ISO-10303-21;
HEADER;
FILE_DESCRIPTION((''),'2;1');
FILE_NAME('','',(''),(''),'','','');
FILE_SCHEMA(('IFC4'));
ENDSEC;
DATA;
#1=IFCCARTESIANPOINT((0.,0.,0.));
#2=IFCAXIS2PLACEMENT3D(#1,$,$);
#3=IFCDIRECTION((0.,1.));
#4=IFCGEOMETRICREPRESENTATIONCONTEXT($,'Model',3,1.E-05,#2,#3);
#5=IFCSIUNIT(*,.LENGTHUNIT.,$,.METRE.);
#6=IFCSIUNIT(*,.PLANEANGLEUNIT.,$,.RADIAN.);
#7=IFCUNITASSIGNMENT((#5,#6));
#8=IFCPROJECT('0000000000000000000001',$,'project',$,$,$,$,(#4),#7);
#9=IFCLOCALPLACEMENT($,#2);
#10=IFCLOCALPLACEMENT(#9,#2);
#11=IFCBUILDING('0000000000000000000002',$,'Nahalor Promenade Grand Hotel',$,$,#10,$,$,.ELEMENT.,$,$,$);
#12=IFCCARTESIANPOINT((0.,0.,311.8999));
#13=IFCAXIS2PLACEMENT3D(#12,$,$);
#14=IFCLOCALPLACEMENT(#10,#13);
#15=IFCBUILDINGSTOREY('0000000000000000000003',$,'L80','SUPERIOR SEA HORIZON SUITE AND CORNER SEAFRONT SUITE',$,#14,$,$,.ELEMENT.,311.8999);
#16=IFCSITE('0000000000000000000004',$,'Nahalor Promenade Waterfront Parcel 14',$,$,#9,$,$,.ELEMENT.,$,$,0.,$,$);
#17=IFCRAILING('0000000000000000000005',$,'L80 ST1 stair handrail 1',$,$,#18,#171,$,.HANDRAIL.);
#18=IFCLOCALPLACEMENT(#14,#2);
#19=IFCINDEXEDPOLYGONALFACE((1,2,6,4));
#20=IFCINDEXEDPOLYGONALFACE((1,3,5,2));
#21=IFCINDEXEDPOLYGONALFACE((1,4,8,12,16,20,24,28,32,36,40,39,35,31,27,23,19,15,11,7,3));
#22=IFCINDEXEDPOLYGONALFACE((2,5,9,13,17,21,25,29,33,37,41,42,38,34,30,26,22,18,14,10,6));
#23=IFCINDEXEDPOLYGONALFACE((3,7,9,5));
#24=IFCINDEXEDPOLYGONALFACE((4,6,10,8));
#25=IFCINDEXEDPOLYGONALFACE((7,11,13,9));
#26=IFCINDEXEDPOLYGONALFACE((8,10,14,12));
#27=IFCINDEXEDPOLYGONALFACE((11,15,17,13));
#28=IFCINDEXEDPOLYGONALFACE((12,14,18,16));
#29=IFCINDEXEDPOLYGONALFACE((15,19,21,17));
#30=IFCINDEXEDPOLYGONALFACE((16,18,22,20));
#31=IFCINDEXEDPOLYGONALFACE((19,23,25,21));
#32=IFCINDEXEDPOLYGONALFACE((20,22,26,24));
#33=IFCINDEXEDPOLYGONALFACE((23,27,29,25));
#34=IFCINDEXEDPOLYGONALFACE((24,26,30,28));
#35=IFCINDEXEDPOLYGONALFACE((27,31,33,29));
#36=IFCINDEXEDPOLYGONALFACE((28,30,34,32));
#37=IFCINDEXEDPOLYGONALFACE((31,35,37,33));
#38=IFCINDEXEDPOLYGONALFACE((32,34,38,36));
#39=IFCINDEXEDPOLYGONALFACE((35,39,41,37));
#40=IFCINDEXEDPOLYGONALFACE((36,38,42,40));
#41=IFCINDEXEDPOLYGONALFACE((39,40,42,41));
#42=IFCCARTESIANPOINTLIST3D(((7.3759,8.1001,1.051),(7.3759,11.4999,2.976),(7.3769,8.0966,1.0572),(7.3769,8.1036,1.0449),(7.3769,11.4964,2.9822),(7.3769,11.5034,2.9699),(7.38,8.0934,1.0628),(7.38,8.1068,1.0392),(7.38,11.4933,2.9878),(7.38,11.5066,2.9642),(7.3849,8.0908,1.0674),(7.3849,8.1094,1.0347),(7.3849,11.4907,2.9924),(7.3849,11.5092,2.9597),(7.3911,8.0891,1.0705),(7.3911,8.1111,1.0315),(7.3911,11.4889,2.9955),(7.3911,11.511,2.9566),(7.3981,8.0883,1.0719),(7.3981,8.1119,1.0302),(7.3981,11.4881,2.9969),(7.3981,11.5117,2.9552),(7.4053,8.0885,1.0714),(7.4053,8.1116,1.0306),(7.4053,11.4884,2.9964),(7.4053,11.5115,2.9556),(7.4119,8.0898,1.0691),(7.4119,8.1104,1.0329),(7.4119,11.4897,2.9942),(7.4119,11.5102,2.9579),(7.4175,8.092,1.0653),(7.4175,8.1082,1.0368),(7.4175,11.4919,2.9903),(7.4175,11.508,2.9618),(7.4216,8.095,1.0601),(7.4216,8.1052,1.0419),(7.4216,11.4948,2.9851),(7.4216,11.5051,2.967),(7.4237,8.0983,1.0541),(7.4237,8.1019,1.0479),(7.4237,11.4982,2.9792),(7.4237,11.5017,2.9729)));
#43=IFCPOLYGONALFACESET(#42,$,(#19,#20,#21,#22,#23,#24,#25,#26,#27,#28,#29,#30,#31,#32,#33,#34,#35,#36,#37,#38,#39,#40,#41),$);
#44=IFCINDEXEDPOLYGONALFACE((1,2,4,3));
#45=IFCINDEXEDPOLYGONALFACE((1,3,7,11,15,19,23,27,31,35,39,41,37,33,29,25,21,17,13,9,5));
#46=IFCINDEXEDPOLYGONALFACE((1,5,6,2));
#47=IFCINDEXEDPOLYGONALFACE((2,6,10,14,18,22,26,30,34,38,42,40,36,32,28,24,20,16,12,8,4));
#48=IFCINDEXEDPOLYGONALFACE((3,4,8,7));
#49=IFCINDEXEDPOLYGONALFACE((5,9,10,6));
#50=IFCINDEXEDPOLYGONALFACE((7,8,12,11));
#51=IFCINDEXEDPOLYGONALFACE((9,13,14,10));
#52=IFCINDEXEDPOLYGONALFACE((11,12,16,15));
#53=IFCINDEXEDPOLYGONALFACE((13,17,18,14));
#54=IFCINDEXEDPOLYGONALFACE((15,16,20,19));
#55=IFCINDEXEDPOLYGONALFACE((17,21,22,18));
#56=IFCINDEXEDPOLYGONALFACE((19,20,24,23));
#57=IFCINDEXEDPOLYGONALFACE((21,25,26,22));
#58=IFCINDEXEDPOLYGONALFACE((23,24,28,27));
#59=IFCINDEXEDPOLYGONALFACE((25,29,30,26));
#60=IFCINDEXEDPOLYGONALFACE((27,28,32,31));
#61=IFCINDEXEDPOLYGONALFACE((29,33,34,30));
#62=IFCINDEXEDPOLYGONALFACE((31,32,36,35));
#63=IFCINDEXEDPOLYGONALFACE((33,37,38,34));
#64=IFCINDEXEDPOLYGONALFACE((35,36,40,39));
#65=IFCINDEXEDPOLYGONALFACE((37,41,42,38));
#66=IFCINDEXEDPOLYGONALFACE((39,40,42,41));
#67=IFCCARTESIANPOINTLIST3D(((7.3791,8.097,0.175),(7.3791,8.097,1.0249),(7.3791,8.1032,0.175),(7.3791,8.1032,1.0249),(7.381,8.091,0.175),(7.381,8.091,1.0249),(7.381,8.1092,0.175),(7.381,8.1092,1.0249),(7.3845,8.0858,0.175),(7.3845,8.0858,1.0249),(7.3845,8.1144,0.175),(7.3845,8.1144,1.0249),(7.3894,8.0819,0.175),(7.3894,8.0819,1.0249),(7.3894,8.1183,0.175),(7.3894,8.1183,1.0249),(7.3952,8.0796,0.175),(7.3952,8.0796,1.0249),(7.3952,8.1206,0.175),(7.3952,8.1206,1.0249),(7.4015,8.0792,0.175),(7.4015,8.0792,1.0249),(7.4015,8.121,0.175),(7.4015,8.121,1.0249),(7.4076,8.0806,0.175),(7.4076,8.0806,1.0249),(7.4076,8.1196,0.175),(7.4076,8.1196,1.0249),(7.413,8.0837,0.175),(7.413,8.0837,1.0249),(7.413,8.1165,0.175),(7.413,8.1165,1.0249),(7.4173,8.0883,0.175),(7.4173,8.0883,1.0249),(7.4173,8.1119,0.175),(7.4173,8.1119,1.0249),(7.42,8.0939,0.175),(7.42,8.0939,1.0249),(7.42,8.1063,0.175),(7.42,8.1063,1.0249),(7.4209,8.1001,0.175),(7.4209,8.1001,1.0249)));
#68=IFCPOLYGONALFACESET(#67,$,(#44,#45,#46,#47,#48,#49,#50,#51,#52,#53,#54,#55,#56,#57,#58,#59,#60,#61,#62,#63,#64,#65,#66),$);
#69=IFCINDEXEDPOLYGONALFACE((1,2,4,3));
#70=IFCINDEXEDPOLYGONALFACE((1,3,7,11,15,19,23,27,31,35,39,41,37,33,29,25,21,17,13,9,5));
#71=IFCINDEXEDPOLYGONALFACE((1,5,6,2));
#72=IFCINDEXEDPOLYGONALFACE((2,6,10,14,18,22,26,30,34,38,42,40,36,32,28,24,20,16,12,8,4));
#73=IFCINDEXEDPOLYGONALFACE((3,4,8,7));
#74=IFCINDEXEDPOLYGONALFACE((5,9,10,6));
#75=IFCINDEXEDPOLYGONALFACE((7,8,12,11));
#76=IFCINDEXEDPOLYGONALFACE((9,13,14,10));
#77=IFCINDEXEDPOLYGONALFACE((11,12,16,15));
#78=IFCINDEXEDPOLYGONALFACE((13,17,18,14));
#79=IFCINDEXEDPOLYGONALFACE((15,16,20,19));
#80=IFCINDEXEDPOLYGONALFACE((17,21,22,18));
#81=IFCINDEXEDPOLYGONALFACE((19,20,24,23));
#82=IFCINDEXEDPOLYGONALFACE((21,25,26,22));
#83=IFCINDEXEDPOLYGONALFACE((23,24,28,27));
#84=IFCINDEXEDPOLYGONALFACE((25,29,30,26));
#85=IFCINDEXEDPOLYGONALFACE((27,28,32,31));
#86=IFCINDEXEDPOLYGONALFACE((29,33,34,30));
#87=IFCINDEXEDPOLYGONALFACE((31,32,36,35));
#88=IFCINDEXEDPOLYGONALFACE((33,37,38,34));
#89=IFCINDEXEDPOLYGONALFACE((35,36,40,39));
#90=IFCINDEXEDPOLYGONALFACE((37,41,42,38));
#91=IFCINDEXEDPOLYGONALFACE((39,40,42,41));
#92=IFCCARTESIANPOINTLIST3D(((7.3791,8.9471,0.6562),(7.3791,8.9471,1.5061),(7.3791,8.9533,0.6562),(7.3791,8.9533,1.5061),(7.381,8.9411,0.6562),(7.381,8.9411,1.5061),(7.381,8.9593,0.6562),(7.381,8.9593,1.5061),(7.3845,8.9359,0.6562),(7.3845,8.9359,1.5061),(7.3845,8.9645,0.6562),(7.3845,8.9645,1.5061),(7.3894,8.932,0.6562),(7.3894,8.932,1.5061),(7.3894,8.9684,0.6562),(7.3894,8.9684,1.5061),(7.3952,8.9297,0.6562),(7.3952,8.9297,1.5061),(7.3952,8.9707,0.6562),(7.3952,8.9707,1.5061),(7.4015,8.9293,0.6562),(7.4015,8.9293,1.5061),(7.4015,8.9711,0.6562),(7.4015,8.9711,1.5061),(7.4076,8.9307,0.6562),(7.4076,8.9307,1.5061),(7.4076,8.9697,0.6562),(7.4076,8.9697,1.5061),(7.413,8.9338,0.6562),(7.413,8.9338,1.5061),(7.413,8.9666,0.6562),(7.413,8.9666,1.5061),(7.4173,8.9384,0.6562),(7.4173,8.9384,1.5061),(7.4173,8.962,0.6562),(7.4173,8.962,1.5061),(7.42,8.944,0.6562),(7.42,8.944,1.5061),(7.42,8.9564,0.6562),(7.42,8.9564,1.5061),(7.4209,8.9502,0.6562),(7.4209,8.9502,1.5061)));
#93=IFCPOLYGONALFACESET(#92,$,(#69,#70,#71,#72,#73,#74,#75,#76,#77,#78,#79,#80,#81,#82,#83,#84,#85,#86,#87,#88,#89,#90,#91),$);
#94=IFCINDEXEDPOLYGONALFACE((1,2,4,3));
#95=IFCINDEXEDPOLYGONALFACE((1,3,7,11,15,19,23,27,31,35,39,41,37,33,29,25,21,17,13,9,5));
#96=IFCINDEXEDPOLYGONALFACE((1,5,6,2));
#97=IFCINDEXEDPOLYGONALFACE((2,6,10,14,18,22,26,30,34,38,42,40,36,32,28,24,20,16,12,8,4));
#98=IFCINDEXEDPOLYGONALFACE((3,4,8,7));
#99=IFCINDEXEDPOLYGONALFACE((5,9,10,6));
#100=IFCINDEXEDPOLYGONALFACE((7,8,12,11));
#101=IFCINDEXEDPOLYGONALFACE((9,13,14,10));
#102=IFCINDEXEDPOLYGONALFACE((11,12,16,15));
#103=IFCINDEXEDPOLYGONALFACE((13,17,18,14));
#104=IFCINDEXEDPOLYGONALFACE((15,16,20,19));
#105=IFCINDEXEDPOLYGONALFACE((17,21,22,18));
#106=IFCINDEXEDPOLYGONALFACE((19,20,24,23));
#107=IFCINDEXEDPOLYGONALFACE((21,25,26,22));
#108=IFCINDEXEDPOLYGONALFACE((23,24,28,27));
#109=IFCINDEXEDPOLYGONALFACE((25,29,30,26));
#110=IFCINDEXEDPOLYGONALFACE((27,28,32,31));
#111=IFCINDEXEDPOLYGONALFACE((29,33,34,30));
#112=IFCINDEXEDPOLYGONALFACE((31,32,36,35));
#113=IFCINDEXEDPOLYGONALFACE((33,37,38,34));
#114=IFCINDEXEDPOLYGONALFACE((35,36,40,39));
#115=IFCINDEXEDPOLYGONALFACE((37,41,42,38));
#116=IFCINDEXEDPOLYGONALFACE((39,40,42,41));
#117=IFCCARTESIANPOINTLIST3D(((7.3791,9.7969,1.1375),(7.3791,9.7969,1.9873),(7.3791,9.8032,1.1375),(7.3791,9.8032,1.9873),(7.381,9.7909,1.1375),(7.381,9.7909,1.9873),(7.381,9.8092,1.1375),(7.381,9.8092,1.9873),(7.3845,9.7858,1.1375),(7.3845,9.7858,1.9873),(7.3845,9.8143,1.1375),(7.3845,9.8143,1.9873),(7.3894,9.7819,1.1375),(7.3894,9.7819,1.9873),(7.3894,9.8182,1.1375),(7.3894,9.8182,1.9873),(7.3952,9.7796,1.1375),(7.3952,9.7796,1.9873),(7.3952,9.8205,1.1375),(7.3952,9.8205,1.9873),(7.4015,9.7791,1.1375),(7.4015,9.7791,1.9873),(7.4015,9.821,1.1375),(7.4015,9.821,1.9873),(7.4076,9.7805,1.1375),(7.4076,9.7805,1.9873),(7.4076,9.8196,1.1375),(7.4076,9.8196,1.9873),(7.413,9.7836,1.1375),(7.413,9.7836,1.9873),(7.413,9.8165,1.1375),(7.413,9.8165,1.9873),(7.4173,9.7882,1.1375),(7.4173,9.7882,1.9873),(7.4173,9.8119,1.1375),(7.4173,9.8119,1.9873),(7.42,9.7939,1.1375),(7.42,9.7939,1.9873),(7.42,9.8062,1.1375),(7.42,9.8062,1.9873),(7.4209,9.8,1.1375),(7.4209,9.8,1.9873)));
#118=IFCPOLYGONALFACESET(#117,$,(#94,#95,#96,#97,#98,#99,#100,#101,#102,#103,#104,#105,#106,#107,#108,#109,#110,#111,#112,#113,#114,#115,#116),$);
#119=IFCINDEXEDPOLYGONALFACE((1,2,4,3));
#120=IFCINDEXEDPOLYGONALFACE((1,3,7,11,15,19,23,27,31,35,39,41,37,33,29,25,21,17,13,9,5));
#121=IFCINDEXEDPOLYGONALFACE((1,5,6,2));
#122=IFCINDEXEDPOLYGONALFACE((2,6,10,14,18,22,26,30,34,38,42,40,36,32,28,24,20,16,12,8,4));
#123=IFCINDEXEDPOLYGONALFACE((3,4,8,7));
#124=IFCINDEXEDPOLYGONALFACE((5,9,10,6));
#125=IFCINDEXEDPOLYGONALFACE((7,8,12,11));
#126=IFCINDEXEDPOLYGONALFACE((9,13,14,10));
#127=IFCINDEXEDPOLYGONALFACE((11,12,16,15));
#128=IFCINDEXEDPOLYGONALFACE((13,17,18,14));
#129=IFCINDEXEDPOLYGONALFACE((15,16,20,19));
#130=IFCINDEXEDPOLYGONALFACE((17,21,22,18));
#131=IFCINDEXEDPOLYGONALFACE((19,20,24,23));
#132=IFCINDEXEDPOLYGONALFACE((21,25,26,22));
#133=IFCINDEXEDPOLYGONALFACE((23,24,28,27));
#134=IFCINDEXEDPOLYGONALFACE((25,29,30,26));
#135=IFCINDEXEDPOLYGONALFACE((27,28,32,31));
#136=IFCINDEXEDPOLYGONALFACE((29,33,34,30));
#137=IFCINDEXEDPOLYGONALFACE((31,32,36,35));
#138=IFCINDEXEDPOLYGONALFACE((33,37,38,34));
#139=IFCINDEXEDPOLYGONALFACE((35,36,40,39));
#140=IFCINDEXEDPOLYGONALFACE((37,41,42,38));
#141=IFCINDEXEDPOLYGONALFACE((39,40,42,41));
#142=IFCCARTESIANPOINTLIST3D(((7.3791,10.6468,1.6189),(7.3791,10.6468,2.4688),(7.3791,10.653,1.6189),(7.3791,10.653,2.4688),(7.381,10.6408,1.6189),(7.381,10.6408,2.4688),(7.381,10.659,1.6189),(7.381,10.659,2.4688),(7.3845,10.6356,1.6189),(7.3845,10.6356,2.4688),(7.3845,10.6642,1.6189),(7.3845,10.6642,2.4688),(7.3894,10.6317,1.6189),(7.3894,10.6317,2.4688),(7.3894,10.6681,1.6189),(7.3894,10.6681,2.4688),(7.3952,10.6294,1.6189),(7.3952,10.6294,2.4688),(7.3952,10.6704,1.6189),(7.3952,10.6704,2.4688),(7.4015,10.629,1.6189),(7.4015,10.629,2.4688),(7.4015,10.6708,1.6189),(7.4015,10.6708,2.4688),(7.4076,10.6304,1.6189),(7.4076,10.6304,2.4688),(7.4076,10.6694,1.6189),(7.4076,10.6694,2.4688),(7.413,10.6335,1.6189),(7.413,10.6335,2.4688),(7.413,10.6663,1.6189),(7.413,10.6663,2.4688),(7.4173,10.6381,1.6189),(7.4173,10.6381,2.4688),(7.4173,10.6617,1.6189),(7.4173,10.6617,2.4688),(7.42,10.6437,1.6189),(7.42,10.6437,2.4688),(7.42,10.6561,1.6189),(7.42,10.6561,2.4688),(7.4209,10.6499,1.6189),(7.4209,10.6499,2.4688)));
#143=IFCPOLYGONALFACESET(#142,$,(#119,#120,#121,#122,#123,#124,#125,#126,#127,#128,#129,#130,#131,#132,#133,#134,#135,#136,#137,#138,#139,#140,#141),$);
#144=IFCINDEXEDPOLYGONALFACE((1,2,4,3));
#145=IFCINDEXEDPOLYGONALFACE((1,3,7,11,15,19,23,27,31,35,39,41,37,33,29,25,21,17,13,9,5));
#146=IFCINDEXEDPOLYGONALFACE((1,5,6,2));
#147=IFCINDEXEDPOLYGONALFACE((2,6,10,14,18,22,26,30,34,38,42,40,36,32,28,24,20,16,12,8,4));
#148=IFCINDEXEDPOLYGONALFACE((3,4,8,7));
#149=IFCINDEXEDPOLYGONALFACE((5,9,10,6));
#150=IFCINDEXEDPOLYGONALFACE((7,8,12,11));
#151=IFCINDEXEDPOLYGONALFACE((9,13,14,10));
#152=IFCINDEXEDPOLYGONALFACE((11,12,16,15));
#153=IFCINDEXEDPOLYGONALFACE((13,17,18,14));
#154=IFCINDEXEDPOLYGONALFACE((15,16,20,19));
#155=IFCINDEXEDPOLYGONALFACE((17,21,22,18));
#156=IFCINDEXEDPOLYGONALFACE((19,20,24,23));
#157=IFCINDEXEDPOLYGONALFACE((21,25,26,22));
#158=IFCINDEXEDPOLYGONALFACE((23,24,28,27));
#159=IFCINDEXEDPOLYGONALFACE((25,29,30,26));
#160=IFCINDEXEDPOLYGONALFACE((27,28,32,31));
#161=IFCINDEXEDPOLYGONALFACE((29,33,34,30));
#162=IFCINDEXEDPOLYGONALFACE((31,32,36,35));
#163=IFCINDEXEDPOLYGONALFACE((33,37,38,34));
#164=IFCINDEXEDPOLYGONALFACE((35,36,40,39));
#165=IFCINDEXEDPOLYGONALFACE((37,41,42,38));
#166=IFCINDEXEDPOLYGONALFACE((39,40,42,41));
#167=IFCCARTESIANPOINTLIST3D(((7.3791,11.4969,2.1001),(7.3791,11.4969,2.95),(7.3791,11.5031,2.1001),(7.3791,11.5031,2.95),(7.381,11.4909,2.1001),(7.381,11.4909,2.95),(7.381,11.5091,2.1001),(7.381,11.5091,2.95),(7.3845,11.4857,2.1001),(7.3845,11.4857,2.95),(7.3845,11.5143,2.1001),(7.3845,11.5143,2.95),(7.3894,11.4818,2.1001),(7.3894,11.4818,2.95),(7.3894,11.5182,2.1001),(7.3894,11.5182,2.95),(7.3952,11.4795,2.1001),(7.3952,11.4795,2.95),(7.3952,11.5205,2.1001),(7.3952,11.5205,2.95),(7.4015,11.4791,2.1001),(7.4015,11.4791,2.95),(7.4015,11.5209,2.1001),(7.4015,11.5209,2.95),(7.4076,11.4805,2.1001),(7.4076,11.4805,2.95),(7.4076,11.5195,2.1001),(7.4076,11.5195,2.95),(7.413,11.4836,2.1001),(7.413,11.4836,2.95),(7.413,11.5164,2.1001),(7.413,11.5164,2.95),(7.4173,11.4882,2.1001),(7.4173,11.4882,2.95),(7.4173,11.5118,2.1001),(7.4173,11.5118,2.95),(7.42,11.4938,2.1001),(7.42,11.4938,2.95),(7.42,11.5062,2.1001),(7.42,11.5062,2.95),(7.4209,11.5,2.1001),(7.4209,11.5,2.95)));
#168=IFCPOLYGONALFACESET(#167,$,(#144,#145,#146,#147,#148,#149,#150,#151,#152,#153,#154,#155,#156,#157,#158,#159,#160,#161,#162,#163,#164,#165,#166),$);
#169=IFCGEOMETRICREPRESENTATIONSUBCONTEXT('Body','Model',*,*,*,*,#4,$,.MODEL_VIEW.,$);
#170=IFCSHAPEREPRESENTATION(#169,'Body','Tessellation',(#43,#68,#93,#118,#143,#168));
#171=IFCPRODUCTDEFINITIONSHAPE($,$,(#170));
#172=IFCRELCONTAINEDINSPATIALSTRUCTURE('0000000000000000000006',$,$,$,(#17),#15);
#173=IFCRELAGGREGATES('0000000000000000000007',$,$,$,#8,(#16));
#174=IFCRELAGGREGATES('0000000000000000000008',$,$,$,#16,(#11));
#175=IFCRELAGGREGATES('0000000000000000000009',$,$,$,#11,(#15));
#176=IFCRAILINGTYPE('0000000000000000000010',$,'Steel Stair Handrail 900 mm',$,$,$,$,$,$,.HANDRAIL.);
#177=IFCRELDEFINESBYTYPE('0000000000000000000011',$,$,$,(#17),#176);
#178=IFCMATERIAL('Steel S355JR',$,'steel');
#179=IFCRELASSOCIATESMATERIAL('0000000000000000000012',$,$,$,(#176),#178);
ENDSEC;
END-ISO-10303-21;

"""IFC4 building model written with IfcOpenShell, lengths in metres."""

from ifc_helpers import new_model, si_unit, direction, frame, origin, origin_2d, place, context, subcontext, project, spatial, circle, extrude, material, type_object, element, save


model = new_model("IFC4")

# Units and contexts
model_context = context("Model", 3, precision=1e-05, world=origin(), true_north=direction((0.0, 1.0)))
body_context = subcontext(model_context, "Body", "Model", "MODEL_VIEW")
ifc_project = project(units=[si_unit("LENGTHUNIT", "METRE"), si_unit("PLANEANGLEUNIT", "RADIAN")], contexts=[model_context])

# Site, building, storey
site_placement = place(None, origin())
site = spatial("IfcSite", under=ifc_project, at=site_placement, Name="Nahalor Promenade Waterfront Parcel 14", CompositionType="ELEMENT", RefElevation=0.0)
building_placement = place(site_placement, origin())
building = spatial("IfcBuilding", under=site, at=building_placement, Name="Nahalor Promenade Grand Hotel", CompositionType="ELEMENT")
storey_placement = place(building_placement, frame((0.0, 0.0, 311.8999)))
storey = spatial("IfcBuildingStorey", under=building, at=storey_placement, Name="L80", Description="SUPERIOR SEA HORIZON SUITE AND CORNER SEAFRONT SUITE", CompositionType="ELEMENT", Elevation=311.8999)

# Shared definitions
ifc_material_1 = material(Name="Steel S355JR", Category="steel")

# Railing
railing_type_1 = type_object("IfcRailingType", Name="Steel Stair Handrail 900 mm", PredefinedType="HANDRAIL", material=ifc_material_1)
railing_1_placement = place(storey_placement, frame((7.3999, 8.1001, 0.175)))
element("IfcRailing", 1, at=railing_1_placement, inside=storey, type_object=railing_type_1, Name="L80 ST1 stair handrail 1", PredefinedType="HANDRAIL", context=body_context, shape_type="SweptSolid", body=[
    extrude(circle(Radius=0.024, at=origin_2d()), frame((0.0, 0.0, 0.876), z_axis=(0.0, 0.870194, 0.49271), x_axis=(-1.0, 0.0, 0.0)), (0.0, 0.0, 1.0), 3.907),
    extrude(circle(Radius=0.021, at=origin_2d()), origin(), (0.0, 0.0, 1.0), 0.8499),
    extrude(circle(Radius=0.021, at=origin_2d()), frame((0.0, 0.8501, 0.4812)), (0.0, 0.0, 1.0), 0.8499),
    extrude(circle(Radius=0.021, at=origin_2d()), frame((0.0, 1.7, 0.9624)), (0.0, 0.0, 1.0), 0.8499),
    extrude(circle(Radius=0.021, at=origin_2d()), frame((0.0, 2.5498, 1.4438)), (0.0, 0.0, 1.0), 0.8499),
    extrude(circle(Radius=0.021, at=origin_2d()), frame((0.0, 3.3999, 1.925)), (0.0, 0.0, 1.0), 0.8499),
])

save(model, "model.ifc")
